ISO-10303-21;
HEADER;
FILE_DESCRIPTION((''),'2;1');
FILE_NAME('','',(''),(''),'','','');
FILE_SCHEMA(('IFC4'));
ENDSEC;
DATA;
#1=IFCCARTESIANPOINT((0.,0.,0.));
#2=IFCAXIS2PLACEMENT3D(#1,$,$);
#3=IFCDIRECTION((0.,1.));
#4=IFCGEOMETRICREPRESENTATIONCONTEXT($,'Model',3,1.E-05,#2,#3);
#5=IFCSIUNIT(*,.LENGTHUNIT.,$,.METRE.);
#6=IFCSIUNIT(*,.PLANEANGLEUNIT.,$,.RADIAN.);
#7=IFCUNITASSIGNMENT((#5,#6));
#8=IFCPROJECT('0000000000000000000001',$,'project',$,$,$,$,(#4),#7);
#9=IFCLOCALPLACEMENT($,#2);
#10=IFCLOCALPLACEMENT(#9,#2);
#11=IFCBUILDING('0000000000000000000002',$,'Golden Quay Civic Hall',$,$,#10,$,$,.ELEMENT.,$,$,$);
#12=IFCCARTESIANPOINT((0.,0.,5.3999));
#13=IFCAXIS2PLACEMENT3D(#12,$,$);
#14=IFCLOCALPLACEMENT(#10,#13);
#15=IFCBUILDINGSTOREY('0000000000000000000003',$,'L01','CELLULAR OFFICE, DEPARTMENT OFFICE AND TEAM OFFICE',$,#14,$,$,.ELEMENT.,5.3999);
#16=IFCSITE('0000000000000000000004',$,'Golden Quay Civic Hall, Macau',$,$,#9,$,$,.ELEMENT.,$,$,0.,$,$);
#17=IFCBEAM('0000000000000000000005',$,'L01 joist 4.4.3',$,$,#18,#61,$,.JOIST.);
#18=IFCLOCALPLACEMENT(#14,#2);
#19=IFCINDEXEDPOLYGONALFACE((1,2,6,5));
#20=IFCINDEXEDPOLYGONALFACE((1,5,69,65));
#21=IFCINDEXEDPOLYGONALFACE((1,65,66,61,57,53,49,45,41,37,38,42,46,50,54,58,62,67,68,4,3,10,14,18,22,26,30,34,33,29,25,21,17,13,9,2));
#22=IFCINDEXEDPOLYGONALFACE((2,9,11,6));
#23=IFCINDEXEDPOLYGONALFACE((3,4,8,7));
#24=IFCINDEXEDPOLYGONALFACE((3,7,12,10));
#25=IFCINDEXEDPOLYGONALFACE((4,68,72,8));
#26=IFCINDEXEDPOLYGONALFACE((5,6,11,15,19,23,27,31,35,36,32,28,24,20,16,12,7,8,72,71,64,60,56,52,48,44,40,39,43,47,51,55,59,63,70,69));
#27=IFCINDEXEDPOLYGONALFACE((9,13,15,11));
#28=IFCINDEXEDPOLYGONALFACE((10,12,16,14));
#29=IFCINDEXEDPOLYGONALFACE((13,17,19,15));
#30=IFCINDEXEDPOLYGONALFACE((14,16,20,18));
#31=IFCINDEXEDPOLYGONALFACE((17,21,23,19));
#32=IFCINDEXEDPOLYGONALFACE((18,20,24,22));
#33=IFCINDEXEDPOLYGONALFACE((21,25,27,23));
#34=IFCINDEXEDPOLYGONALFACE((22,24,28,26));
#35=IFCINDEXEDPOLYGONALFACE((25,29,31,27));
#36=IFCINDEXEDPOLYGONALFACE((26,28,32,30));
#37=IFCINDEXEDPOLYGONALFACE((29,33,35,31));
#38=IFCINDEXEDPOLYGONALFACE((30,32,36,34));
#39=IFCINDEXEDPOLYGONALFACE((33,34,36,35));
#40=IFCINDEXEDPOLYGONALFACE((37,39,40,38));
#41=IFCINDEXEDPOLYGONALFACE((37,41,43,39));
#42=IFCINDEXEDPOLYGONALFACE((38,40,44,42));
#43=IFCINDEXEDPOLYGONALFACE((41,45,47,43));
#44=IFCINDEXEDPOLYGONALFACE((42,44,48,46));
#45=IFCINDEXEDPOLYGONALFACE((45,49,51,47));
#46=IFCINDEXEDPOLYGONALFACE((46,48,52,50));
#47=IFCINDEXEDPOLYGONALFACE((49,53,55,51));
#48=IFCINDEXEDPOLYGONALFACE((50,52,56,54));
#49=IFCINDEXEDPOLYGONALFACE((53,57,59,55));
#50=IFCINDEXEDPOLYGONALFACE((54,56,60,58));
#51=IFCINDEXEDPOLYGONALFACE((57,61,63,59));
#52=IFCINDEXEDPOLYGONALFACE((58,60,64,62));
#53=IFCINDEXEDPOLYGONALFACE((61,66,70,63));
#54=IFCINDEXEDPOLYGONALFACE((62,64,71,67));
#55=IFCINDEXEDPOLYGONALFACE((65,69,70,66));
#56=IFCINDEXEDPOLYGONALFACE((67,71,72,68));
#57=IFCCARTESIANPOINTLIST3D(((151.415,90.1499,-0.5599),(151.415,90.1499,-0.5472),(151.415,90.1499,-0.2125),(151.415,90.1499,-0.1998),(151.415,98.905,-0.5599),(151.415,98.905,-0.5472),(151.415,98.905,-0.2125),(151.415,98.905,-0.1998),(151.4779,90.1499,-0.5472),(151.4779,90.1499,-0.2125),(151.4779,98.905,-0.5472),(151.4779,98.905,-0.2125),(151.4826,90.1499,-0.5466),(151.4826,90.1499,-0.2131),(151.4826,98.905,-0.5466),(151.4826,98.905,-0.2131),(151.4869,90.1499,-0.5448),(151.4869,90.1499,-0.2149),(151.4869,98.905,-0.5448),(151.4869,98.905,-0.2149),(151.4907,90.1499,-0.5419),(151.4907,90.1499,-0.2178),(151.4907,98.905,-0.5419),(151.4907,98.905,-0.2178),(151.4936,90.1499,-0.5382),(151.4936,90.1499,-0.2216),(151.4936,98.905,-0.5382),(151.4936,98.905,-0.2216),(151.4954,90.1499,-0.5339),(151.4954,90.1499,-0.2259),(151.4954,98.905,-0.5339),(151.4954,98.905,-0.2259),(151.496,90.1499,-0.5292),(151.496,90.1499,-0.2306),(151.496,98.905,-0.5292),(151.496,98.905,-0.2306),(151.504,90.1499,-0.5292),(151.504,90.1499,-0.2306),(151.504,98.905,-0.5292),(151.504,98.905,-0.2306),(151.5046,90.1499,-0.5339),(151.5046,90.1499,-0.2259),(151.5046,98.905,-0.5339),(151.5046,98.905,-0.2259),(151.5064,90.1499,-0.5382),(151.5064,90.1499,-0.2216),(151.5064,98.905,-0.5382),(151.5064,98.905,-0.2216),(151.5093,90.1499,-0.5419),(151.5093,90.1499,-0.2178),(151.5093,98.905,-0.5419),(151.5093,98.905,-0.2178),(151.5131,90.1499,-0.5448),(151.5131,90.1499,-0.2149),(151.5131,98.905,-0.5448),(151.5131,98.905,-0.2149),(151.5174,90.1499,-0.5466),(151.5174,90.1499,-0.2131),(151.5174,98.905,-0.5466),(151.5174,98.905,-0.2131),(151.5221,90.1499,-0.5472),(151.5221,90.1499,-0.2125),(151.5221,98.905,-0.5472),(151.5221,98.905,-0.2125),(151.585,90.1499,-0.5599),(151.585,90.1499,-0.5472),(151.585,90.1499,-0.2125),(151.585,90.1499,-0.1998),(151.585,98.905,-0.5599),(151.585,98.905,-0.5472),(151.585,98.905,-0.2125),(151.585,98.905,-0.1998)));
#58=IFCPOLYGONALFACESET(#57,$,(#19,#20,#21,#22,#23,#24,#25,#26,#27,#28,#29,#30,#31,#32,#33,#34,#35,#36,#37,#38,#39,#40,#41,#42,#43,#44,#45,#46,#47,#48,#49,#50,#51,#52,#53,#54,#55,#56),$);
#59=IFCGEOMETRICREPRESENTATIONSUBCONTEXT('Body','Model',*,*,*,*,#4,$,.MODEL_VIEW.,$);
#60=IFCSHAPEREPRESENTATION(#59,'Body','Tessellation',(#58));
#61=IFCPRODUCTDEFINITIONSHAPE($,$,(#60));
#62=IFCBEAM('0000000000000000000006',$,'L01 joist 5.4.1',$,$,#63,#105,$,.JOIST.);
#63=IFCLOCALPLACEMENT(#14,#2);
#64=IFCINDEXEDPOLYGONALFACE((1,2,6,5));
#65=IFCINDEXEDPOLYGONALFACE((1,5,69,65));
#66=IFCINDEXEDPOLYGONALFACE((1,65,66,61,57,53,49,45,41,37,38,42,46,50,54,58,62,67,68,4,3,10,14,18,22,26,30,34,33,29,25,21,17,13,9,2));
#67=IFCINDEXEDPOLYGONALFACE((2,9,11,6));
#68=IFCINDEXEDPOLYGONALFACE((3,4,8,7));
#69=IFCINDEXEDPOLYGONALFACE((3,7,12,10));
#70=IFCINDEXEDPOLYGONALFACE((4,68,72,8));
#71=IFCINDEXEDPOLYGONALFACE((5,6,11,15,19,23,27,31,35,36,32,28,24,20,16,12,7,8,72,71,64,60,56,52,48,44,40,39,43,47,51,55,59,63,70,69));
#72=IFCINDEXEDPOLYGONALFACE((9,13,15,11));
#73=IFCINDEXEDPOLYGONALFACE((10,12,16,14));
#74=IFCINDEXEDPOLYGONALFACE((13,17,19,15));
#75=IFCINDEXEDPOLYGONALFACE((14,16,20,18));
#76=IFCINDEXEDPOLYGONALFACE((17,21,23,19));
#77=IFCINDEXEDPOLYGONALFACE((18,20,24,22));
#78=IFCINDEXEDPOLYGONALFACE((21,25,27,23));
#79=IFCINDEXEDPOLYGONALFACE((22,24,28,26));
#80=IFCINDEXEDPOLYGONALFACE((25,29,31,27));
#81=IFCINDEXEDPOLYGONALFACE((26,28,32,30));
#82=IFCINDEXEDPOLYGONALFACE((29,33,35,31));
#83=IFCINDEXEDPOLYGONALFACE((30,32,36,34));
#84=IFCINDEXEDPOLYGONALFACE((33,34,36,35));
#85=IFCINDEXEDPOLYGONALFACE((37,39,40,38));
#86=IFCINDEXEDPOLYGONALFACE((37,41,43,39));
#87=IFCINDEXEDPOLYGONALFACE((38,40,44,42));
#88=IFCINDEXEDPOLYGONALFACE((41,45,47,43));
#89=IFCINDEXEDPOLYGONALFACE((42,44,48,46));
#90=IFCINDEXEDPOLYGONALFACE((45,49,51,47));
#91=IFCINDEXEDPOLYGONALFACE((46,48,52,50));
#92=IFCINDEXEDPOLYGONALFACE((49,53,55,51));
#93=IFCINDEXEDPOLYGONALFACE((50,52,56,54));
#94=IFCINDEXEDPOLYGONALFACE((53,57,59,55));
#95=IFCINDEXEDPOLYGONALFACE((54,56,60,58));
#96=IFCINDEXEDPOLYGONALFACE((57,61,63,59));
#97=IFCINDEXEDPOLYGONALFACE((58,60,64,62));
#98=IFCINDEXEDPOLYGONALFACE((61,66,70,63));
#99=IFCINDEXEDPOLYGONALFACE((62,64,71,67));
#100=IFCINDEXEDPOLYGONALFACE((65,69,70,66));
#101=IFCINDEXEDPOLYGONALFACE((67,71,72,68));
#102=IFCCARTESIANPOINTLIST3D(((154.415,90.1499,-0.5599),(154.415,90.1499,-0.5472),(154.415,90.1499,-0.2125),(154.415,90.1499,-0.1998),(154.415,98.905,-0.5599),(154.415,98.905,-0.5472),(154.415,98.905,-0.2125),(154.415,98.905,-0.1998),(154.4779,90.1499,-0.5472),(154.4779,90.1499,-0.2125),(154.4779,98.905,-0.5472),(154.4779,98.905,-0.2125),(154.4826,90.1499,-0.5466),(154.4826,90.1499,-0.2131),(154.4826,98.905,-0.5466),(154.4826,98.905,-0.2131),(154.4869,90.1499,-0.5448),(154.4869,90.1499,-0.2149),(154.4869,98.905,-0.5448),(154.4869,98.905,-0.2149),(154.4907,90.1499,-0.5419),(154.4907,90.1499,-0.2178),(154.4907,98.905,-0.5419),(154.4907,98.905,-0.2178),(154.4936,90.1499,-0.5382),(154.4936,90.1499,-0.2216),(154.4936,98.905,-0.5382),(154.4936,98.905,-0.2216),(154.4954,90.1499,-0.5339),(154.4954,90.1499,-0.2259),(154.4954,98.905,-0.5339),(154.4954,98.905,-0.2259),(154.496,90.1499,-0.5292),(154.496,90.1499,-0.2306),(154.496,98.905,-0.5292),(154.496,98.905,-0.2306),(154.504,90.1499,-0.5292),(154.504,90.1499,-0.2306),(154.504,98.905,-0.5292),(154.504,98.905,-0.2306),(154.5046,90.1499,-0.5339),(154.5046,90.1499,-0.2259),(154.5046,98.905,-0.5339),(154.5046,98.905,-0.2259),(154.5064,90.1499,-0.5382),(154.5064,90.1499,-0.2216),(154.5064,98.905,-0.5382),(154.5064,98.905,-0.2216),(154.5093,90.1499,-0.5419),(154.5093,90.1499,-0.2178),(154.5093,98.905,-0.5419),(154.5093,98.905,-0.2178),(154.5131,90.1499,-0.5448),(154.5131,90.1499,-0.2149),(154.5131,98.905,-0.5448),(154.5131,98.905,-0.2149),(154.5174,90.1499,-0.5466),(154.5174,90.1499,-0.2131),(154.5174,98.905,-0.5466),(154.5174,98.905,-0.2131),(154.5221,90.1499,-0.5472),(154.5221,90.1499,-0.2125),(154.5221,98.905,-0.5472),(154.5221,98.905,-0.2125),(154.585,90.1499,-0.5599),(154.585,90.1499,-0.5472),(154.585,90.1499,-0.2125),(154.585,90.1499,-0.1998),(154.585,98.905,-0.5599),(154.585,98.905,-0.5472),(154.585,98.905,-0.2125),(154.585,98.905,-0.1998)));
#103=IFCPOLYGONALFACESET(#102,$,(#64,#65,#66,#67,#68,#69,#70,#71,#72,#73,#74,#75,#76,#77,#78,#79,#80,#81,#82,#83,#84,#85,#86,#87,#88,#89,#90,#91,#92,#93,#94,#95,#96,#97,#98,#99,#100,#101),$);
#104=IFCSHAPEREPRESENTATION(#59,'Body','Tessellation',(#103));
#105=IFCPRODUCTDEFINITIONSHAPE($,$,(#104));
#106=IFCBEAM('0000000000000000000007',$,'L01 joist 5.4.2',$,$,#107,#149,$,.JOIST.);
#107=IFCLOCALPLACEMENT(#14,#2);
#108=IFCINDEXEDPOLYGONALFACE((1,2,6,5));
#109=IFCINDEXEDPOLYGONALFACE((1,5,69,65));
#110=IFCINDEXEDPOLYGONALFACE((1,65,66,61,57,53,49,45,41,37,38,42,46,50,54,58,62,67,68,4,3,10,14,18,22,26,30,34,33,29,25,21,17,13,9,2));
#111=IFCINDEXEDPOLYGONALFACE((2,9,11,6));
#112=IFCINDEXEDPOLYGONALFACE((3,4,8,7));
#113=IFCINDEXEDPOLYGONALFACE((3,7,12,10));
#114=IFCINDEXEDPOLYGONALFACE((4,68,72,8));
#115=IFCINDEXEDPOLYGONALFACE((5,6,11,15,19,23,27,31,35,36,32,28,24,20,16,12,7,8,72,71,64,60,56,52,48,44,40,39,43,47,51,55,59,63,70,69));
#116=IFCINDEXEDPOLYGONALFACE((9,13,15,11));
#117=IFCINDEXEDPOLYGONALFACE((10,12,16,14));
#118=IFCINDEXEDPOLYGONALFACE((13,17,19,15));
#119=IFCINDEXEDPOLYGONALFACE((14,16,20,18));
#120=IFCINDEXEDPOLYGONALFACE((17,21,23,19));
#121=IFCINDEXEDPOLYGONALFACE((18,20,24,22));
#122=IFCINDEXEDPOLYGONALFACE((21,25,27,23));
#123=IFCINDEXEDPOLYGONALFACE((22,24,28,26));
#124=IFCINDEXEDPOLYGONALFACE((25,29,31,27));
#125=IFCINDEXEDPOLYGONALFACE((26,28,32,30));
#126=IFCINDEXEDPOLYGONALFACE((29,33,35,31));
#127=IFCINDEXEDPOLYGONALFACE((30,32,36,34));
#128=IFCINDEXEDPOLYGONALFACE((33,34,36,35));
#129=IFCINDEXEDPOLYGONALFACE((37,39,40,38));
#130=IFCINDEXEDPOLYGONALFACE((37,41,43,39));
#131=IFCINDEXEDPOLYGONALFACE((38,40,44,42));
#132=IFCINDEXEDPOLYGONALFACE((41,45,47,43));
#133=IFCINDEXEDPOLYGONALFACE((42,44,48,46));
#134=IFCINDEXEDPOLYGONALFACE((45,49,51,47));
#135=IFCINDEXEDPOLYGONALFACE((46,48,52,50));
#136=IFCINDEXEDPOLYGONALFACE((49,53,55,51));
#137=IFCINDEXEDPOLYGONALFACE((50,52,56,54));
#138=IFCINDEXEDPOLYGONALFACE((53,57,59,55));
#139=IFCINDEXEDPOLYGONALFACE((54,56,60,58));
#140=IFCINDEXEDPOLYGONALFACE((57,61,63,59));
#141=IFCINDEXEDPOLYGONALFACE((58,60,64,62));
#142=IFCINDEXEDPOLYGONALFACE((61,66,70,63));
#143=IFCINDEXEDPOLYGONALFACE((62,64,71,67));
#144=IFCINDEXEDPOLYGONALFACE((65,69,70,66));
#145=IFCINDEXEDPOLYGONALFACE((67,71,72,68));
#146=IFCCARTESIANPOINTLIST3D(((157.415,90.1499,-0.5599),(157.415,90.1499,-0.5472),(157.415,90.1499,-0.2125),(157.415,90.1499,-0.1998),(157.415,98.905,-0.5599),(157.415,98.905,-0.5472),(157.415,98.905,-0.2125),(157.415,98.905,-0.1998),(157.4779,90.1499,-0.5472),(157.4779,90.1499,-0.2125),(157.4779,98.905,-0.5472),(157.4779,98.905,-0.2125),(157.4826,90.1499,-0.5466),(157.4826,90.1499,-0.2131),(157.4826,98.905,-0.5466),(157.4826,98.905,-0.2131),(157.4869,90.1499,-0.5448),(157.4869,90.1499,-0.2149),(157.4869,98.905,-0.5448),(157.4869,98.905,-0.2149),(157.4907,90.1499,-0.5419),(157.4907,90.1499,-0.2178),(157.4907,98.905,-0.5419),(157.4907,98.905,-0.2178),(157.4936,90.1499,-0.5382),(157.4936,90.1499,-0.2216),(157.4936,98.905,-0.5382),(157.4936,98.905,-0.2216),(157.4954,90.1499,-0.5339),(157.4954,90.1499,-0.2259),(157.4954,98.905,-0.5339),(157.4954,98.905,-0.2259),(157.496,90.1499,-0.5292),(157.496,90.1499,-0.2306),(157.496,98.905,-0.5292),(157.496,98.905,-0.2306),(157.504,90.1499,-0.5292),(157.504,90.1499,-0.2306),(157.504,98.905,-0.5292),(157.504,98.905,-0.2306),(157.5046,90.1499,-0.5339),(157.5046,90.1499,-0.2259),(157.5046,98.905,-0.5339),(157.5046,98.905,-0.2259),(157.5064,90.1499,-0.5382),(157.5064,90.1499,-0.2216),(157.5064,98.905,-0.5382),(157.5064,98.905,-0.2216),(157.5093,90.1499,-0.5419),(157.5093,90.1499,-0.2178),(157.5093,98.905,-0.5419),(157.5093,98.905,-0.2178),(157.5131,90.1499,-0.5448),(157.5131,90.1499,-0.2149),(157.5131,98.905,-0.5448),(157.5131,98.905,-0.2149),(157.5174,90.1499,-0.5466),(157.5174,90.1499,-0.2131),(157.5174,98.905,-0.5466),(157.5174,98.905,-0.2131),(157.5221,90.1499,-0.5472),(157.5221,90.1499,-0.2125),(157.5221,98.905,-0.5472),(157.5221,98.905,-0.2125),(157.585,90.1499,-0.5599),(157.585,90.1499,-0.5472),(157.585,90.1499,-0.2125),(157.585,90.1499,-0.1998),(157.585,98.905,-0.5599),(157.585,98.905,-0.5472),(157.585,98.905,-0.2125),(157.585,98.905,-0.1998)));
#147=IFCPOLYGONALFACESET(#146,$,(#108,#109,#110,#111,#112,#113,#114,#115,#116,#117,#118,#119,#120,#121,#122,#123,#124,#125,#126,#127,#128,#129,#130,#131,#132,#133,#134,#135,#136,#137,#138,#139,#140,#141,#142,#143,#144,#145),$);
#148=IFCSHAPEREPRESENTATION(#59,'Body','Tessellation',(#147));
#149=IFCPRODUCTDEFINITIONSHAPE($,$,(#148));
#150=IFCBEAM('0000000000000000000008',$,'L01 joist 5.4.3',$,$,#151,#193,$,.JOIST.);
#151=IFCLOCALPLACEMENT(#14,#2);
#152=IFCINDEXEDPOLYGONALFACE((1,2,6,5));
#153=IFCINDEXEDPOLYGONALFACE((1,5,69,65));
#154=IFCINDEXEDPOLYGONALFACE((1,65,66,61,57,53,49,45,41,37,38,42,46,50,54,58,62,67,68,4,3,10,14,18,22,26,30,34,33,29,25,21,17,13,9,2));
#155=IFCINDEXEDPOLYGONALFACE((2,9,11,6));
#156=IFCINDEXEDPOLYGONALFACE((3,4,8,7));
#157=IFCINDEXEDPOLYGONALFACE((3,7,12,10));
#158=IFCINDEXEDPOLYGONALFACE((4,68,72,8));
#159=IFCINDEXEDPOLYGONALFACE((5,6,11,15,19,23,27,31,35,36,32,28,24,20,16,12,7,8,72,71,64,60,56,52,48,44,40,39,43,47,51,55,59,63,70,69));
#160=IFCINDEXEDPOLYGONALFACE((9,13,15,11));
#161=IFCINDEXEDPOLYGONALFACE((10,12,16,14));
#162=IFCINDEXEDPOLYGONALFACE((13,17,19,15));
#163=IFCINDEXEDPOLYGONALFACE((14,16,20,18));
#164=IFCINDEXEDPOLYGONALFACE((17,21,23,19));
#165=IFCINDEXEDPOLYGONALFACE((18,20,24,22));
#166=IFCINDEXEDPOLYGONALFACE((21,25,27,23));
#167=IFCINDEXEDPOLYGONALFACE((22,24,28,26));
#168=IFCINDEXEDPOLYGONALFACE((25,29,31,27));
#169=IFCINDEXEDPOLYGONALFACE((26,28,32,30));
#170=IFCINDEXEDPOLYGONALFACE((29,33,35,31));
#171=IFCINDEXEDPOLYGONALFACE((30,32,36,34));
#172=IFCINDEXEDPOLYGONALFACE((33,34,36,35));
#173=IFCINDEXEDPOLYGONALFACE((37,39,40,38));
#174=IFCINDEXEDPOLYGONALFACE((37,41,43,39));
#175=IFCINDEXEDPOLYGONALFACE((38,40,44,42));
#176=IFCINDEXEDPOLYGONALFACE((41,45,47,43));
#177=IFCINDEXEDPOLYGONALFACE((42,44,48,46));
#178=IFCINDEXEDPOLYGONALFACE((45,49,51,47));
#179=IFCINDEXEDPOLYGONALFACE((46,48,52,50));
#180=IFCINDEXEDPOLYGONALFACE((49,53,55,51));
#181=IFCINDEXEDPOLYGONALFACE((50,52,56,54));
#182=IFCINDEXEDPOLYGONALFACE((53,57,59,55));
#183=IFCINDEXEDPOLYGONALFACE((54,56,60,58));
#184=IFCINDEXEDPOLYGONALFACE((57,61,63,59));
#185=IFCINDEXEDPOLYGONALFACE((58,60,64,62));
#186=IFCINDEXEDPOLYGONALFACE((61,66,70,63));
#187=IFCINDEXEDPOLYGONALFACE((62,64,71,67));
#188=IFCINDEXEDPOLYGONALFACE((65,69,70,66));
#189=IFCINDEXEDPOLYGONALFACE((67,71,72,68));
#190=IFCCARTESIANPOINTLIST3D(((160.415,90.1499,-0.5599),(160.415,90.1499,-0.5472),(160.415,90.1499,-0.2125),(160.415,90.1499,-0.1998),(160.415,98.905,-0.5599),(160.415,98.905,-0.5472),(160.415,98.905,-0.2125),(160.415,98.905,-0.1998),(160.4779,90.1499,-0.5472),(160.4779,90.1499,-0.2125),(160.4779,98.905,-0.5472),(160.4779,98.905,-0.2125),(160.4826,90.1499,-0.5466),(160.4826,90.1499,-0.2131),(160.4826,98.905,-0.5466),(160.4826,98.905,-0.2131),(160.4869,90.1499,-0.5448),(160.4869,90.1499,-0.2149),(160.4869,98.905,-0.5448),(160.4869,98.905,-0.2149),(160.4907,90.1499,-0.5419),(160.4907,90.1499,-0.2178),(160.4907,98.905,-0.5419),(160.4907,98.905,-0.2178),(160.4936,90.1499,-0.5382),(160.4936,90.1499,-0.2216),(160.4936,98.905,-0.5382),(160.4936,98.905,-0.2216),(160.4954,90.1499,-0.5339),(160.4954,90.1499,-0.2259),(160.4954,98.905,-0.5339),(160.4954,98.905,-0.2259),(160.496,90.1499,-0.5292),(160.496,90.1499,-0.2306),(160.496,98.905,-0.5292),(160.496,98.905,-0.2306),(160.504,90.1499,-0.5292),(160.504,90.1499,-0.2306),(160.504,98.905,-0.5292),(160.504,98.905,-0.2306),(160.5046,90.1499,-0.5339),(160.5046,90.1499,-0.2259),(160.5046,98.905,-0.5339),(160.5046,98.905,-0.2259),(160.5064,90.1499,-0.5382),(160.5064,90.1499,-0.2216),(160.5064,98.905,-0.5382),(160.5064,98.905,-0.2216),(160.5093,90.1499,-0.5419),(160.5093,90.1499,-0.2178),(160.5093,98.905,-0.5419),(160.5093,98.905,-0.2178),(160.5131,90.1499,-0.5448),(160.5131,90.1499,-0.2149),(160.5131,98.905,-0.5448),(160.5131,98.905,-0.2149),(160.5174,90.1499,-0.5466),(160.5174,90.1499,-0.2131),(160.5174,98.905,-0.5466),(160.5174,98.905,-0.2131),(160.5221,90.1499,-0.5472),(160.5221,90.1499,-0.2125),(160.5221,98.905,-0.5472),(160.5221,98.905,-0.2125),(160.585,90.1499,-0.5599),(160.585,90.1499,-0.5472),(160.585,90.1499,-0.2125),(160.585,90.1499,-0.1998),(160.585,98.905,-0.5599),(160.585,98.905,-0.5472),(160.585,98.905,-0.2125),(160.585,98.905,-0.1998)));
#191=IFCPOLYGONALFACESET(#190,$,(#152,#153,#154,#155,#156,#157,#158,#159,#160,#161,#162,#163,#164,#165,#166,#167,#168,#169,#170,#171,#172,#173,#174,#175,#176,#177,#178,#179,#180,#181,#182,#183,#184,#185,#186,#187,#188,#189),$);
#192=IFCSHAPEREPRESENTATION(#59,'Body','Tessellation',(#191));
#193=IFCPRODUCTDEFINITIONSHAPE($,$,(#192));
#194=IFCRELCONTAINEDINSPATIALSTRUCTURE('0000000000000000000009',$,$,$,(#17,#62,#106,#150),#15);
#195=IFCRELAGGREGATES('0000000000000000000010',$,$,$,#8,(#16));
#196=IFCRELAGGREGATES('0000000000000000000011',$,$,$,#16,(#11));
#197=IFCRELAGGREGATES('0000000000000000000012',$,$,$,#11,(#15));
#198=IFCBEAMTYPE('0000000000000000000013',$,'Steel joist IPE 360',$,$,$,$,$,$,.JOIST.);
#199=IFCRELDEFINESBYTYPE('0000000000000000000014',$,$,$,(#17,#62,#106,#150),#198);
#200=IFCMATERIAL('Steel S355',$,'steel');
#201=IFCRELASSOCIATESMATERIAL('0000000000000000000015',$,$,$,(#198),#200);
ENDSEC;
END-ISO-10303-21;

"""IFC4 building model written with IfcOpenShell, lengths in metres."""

from ifc_helpers import new_model, si_unit, direction, frame, origin, origin_2d, place, context, subcontext, project, spatial, i_section, extrude, material, material_profile, profile_set, type_object, element, save


model = new_model("IFC4")

# Units and contexts
model_context = context("Model", 3, precision=1e-05, world=origin(), true_north=direction((0.0, 1.0)))
body_context = subcontext(model_context, "Body", "Model", "MODEL_VIEW")
ifc_project = project(units=[si_unit("LENGTHUNIT", "METRE"), si_unit("PLANEANGLEUNIT", "RADIAN")], contexts=[model_context])

# Site, building, storey
site_placement = place(None, origin())
site = spatial("IfcSite", under=ifc_project, at=site_placement, Name="Golden Quay Civic Hall, Macau", CompositionType="ELEMENT", RefElevation=0.0)
building_placement = place(site_placement, origin())
building = spatial("IfcBuilding", under=site, at=building_placement, Name="Golden Quay Civic Hall", CompositionType="ELEMENT")
storey_placement = place(building_placement, frame((0.0, 0.0, 5.3999)))
storey = spatial("IfcBuildingStorey", under=building, at=storey_placement, Name="L01", Description="CELLULAR OFFICE, DEPARTMENT OFFICE AND TEAM OFFICE", CompositionType="ELEMENT", Elevation=5.3999)

# Beams
ifc_material_1 = material(Name="Steel S355", Category="steel")
ifc_material_profile_1 = material_profile(ifc_material_1, i_section(OverallWidth=0.1699, OverallDepth=0.3601, WebThickness=0.0081, FlangeThickness=0.0127, FilletRadius=0.0181, at=origin_2d()), Name="IPE 360")
ifc_profile_set_1 = profile_set([ifc_material_profile_1], Name="Steel S355")
beam_type_1 = type_object("IfcBeamType", Name="Steel joist IPE 360", PredefinedType="JOIST", material=ifc_profile_set_1)
for number, where, z_axis, x_axis, name in (
    (1, (151.5, 90.1499, -0.3799), (0.0, 1.0, 0.0), (-1.0, 0.0, 0.0), "L01 joist 4.4.3"),
    (2, (154.5, 90.1499, -0.3799), (0.0, 1.0, 0.0), (-1.0, 0.0, 0.0), "L01 joist 5.4.1"),
    (3, (157.5, 90.1499, -0.3799), (0.0, 1.0, 0.0), (-1.0, 0.0, 0.0), "L01 joist 5.4.2"),
    (4, (160.5, 90.1499, -0.3799), (0.0, 1.0, 0.0), (-1.0, 0.0, 0.0), "L01 joist 5.4.3"),
):
    element("IfcBeam", number, at=place(storey_placement, frame(where, z_axis=z_axis, x_axis=x_axis)), inside=storey, type_object=beam_type_1, Name=name, PredefinedType="JOIST", context=body_context, shape_type="SweptSolid", body=[
        extrude(i_section(OverallWidth=0.1699, OverallDepth=0.3601, WebThickness=0.0081, FlangeThickness=0.0127, FilletRadius=0.0181, at=origin_2d()), origin(), (0.0, 0.0, 1.0), 8.7551),
    ])

save(model, "model.ifc")
